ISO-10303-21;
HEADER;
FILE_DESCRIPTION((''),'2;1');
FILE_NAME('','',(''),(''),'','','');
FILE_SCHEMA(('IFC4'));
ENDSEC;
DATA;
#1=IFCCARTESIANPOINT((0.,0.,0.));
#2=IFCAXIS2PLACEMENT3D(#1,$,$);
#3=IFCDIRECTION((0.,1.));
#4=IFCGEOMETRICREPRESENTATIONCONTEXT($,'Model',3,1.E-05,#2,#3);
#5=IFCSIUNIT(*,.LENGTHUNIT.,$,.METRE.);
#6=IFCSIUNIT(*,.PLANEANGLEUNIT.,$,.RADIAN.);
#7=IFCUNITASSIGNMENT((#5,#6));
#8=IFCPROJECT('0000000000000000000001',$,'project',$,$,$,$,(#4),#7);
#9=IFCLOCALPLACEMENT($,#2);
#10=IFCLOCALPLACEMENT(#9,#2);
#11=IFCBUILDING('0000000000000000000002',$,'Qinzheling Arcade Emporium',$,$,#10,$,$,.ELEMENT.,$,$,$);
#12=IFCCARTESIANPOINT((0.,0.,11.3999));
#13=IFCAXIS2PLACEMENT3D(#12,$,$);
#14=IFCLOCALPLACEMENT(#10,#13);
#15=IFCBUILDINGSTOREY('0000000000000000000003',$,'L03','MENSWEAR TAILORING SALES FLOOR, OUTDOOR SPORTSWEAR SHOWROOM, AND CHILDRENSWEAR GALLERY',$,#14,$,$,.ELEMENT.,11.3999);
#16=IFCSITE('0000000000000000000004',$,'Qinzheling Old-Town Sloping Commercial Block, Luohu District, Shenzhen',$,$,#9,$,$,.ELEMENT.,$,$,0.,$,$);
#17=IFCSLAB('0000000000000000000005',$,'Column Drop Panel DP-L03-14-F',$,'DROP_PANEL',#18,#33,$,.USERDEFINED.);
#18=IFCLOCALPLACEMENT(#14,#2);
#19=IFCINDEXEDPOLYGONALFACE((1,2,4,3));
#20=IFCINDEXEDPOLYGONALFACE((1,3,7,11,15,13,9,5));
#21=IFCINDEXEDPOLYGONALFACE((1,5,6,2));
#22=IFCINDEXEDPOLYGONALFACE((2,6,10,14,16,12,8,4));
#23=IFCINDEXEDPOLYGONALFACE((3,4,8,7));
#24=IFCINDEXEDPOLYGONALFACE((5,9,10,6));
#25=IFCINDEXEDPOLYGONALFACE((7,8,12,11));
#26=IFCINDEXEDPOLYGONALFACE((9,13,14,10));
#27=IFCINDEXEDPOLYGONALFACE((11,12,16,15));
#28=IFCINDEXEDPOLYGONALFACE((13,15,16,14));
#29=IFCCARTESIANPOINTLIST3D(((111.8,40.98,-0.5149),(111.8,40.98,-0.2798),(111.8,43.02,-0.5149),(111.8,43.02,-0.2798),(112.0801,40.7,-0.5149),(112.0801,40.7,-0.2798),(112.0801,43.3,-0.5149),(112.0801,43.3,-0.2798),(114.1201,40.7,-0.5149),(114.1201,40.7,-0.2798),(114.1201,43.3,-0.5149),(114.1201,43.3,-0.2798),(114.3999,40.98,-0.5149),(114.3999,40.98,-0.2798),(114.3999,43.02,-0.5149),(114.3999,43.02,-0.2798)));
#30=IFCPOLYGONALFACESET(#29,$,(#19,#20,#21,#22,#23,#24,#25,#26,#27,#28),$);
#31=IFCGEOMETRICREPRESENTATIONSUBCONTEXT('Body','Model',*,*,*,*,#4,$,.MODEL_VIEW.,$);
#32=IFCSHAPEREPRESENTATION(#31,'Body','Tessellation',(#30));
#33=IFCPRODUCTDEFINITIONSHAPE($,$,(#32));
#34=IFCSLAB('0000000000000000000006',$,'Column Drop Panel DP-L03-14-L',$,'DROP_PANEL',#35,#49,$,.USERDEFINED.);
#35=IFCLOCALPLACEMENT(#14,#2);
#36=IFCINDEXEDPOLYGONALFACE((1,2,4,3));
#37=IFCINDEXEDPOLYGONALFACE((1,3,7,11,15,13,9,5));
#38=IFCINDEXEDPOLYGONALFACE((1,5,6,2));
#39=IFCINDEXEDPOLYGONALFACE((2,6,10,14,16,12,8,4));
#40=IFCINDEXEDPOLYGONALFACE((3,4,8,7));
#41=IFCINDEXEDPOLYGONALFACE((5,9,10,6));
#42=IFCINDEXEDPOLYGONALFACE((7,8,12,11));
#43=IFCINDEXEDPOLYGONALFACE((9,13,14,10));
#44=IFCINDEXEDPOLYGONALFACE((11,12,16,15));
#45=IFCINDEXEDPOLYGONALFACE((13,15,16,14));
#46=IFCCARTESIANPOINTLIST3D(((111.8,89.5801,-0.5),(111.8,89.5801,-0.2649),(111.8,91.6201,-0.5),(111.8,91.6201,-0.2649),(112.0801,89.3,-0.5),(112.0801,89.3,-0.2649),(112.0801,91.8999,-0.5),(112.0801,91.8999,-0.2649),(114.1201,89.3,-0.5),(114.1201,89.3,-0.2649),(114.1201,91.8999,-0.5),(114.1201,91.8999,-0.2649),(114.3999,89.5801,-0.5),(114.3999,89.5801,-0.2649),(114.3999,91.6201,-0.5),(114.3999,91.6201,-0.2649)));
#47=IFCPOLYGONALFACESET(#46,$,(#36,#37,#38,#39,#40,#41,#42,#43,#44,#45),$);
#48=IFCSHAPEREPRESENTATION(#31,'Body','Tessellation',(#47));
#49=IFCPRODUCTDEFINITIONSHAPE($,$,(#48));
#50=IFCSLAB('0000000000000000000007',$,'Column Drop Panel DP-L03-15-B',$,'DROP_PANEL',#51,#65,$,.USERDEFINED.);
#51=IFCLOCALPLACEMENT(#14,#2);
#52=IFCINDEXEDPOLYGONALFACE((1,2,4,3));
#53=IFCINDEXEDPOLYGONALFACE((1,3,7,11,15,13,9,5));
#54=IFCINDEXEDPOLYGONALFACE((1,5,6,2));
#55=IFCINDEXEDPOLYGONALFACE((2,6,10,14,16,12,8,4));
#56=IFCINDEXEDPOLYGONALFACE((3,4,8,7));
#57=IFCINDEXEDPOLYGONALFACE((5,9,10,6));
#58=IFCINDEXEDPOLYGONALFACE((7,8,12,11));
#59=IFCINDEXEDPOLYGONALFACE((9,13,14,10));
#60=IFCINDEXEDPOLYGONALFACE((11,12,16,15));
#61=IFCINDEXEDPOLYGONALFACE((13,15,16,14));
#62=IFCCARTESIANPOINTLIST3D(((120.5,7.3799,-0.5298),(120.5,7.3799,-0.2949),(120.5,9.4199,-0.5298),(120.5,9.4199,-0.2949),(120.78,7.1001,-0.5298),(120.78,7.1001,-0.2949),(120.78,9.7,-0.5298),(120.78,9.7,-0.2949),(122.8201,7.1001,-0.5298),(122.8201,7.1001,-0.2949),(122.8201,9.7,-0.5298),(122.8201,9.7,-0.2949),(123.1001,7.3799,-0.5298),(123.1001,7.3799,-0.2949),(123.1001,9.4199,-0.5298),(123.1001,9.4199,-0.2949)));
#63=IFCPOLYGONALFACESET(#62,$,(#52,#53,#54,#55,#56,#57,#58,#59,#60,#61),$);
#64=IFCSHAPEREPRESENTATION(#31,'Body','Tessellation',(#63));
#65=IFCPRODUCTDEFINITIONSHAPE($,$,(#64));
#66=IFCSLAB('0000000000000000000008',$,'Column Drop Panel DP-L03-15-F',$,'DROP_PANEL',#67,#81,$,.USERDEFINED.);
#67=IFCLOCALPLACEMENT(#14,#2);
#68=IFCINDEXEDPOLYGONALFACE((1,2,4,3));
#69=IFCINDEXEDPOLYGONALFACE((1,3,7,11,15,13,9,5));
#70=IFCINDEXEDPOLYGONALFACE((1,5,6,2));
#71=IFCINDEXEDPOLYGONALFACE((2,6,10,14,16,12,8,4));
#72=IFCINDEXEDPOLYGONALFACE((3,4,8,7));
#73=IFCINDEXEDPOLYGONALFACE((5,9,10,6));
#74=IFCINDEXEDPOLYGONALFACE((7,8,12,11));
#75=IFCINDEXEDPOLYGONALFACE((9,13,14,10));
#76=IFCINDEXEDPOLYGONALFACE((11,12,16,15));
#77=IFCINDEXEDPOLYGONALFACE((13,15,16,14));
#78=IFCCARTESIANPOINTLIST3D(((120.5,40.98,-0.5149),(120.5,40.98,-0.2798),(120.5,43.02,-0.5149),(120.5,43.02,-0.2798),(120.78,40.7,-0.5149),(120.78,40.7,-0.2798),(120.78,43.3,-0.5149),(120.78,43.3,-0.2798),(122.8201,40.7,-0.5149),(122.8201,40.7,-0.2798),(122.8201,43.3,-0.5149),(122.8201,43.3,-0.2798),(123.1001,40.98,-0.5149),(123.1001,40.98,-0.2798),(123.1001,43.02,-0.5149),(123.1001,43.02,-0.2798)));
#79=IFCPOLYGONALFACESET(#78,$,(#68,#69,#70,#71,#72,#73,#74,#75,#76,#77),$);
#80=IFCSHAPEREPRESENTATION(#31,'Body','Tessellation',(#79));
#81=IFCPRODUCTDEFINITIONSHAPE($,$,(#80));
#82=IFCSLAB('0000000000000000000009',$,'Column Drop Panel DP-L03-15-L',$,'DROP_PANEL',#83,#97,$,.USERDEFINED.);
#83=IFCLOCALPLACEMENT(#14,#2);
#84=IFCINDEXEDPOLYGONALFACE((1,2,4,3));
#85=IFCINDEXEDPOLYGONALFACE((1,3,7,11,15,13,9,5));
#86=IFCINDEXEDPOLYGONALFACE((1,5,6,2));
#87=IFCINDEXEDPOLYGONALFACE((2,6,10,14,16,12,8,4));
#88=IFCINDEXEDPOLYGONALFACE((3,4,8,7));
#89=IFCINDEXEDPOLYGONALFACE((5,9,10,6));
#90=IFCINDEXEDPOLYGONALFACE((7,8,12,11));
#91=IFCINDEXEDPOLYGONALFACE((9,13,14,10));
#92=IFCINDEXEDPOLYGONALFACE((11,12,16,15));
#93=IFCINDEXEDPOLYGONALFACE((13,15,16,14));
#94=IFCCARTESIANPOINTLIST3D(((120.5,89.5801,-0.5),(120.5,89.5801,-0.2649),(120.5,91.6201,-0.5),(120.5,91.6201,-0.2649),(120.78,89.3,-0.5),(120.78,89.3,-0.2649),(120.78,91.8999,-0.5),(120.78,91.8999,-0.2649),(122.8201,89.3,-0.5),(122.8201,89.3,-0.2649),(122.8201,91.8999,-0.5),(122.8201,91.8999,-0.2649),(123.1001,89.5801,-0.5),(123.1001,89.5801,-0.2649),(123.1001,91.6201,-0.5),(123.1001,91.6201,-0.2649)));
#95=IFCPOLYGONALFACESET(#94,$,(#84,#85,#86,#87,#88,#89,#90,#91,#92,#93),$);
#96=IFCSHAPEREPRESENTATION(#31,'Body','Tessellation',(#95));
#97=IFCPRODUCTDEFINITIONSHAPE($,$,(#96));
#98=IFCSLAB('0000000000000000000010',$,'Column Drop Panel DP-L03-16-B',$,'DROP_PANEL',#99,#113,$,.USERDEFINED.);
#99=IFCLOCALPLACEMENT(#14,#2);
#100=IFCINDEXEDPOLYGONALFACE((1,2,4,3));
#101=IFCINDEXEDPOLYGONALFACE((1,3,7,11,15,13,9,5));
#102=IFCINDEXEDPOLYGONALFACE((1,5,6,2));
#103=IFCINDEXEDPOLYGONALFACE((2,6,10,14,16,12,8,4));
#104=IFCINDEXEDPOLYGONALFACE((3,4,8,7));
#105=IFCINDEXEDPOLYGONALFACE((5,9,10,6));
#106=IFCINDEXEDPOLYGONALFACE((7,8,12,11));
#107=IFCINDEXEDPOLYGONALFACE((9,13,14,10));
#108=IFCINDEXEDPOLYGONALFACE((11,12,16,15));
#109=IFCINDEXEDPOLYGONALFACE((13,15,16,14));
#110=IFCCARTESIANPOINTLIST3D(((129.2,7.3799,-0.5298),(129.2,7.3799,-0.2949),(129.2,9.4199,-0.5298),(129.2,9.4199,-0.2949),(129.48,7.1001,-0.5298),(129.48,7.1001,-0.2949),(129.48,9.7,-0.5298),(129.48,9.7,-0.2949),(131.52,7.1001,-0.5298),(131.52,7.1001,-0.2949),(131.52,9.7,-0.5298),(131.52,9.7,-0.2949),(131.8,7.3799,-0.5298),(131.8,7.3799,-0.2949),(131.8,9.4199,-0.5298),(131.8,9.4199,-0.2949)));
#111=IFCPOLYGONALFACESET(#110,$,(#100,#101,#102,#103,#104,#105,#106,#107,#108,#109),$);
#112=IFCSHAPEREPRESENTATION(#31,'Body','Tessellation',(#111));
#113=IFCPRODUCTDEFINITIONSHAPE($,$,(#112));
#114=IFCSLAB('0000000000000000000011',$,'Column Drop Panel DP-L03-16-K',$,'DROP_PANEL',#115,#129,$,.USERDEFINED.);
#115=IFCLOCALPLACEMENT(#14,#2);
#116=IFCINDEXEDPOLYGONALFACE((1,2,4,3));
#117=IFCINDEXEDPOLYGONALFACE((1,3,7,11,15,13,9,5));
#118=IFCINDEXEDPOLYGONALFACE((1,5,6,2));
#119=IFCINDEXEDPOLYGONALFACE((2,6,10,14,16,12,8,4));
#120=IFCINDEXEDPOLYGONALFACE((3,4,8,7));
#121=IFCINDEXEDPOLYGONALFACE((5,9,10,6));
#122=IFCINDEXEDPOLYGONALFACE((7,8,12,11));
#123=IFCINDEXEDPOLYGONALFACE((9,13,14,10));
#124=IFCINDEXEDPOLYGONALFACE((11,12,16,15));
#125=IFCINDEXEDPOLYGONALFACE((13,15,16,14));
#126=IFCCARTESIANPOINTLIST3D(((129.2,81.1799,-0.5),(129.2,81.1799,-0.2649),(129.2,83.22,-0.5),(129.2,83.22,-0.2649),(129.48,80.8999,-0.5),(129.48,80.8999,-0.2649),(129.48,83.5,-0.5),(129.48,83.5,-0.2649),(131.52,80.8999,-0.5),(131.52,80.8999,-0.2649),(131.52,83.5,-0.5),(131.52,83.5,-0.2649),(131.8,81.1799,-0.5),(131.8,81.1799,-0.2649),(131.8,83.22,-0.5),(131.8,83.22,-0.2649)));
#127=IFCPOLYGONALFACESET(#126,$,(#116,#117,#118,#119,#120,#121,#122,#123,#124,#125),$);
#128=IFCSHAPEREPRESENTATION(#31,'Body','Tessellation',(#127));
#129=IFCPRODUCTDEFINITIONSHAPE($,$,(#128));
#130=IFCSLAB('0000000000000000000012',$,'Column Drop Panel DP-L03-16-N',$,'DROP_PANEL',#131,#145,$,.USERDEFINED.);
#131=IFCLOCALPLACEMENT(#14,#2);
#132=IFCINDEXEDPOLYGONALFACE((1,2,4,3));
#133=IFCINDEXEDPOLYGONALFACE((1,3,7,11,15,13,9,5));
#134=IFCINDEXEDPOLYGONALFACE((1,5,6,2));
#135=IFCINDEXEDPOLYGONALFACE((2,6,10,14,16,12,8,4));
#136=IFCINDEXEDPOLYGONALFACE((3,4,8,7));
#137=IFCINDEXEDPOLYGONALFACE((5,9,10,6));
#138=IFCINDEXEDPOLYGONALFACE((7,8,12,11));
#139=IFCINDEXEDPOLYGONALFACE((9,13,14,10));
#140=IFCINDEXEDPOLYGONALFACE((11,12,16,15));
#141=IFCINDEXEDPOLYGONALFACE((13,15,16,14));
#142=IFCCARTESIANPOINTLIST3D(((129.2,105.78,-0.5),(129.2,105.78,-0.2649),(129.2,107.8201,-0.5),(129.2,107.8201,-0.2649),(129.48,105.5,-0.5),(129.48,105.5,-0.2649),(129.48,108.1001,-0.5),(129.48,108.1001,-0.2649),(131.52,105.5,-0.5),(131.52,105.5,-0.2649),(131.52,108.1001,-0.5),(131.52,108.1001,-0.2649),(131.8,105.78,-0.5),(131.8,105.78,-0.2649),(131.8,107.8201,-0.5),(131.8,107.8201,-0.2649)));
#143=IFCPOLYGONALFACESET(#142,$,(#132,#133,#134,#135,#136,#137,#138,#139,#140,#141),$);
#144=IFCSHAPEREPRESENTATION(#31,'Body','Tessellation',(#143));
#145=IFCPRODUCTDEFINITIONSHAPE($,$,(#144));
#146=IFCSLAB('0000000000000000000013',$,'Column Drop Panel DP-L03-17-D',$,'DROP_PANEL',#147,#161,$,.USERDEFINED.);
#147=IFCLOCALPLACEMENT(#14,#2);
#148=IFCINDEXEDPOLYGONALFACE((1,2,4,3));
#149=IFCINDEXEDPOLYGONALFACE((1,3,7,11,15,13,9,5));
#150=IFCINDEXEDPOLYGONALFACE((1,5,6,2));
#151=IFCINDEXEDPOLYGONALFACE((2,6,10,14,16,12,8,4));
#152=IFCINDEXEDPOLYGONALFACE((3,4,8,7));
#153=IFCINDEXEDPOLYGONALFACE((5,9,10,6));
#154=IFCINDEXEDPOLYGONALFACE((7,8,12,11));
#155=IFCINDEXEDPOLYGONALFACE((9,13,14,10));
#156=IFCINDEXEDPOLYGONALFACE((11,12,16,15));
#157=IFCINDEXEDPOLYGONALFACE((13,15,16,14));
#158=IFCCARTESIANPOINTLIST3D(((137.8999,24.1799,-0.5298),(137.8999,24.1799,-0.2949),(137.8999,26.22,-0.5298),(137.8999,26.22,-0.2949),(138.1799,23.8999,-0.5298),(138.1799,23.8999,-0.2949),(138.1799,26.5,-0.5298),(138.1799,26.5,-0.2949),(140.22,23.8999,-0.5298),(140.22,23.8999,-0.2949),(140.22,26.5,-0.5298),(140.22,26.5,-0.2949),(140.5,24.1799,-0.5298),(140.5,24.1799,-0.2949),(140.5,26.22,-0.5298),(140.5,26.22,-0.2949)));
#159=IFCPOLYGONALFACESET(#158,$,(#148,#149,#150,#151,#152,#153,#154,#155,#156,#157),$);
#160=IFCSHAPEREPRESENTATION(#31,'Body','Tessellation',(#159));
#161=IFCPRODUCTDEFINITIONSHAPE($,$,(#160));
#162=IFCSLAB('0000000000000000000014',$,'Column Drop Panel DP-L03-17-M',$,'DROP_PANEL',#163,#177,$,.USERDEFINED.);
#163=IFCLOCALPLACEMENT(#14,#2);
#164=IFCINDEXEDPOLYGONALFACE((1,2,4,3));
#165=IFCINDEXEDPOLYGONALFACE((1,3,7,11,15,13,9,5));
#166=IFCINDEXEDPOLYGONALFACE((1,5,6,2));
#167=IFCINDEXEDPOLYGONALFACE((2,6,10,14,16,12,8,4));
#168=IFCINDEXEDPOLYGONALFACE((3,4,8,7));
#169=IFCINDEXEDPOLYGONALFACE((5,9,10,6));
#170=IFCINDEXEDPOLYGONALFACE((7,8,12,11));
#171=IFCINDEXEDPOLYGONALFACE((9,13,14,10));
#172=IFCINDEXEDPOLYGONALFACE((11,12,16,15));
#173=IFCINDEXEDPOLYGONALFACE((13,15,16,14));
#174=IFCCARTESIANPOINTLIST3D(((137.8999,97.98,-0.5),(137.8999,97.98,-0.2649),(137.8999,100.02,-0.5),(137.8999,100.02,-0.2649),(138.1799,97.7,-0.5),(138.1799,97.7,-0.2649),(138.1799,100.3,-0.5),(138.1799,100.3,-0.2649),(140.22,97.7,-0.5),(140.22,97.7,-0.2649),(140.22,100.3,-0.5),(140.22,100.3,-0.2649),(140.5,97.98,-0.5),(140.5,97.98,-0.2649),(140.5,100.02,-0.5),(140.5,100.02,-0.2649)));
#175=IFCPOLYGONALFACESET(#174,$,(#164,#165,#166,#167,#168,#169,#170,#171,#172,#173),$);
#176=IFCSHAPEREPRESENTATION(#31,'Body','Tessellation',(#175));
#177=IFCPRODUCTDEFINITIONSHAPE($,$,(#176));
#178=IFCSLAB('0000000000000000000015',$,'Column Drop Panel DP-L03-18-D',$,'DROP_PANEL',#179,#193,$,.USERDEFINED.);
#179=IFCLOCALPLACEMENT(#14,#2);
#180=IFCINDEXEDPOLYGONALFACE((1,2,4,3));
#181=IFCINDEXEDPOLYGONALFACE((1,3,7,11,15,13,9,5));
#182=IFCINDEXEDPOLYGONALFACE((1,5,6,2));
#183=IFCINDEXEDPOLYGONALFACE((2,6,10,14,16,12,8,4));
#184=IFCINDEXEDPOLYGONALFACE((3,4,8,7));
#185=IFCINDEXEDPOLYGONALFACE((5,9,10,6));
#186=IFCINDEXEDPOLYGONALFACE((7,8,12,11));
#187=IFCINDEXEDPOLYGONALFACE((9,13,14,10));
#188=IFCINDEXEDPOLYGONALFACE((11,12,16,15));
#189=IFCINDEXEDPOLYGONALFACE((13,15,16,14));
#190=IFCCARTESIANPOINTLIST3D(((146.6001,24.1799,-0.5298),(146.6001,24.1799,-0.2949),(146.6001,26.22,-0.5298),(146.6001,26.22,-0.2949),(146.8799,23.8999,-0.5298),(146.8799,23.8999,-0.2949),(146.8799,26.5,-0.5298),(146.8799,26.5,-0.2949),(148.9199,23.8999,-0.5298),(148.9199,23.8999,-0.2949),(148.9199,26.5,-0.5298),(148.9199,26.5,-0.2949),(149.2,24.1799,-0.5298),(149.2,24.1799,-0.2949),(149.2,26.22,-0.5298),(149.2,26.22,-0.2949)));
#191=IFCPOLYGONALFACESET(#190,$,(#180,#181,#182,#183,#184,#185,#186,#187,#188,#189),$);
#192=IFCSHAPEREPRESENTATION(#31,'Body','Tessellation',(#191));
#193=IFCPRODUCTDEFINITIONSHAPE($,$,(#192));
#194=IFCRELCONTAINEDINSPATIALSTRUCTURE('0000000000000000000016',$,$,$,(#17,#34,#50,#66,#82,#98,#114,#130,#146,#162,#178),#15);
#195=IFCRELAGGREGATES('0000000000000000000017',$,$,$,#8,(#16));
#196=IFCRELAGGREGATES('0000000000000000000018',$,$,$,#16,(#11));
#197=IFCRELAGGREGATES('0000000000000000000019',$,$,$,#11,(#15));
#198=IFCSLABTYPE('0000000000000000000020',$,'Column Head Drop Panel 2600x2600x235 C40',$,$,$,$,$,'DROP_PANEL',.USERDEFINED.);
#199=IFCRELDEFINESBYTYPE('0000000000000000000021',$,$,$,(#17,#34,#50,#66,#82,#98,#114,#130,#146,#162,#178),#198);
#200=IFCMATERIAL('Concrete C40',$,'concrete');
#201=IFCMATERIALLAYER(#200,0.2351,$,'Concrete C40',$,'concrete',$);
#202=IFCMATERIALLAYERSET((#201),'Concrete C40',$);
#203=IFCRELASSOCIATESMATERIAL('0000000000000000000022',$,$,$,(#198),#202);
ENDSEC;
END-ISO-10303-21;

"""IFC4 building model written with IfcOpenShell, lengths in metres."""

from ifc_helpers import new_model, si_unit, direction, frame, origin, place, context, subcontext, project, spatial, polyline, outline, extrude, material, layer, layer_set, type_object, element, save


model = new_model("IFC4")

# Units and contexts
model_context = context("Model", 3, precision=1e-05, world=origin(), true_north=direction((0.0, 1.0)))
body_context = subcontext(model_context, "Body", "Model", "MODEL_VIEW")
ifc_project = project(units=[si_unit("LENGTHUNIT", "METRE"), si_unit("PLANEANGLEUNIT", "RADIAN")], contexts=[model_context])

# Site, building, storey
site_placement = place(None, origin())
site = spatial("IfcSite", under=ifc_project, at=site_placement, Name="Qinzheling Old-Town Sloping Commercial Block, Luohu District, Shenzhen", CompositionType="ELEMENT", RefElevation=0.0)
building_placement = place(site_placement, origin())
building = spatial("IfcBuilding", under=site, at=building_placement, Name="Qinzheling Arcade Emporium", CompositionType="ELEMENT")
storey_placement = place(building_placement, frame((0.0, 0.0, 11.3999)))
storey = spatial("IfcBuildingStorey", under=building, at=storey_placement, Name="L03", Description="MENSWEAR TAILORING SALES FLOOR, OUTDOOR SPORTSWEAR SHOWROOM, AND CHILDRENSWEAR GALLERY", CompositionType="ELEMENT", Elevation=11.3999)

# Slabs
ifc_material = material(Name="Concrete C40", Category="concrete")
ifc_layer_1 = layer(ifc_material, 0.2351, Name="Concrete C40", Category="concrete")
ifc_layer_set_1 = layer_set([ifc_layer_1], Name="Concrete C40")
slab_type_1 = type_object("IfcSlabType", Name="Column Head Drop Panel 2600x2600x235 C40", ElementType="DROP_PANEL", PredefinedType="USERDEFINED", material=ifc_layer_set_1)
slab_1_placement = place(storey_placement, frame((0.0, 0.0, -0.5149)))
element("IfcSlab", 1, at=slab_1_placement, inside=storey, type_object=slab_type_1, Name="Column Drop Panel DP-L03-14-F", ObjectType="DROP_PANEL", PredefinedType="USERDEFINED", context=body_context, shape_type="SweptSolid", body=[
    extrude(outline(polyline([(112.0801, 40.7), (114.1201, 40.7), (114.3999, 40.98), (114.3999, 43.02), (114.1201, 43.3), (112.0801, 43.3), (111.8, 43.02), (111.8, 40.98), (112.0801, 40.7)])), origin(), (0.0, 0.0, 1.0), 0.2351),
])
slab_2_placement = place(storey_placement, frame((0.0, 0.0, -0.5)))
element("IfcSlab", 2, at=slab_2_placement, inside=storey, type_object=slab_type_1, Name="Column Drop Panel DP-L03-14-L", ObjectType="DROP_PANEL", PredefinedType="USERDEFINED", context=body_context, shape_type="SweptSolid", body=[
    extrude(outline(polyline([(112.0801, 89.3), (114.1201, 89.3), (114.3999, 89.5801), (114.3999, 91.6201), (114.1201, 91.8999), (112.0801, 91.8999), (111.8, 91.6201), (111.8, 89.5801), (112.0801, 89.3)])), origin(), (0.0, 0.0, 1.0), 0.2351),
])
slab_3_placement = place(storey_placement, frame((0.0, 0.0, -0.5298)))
element("IfcSlab", 3, at=slab_3_placement, inside=storey, type_object=slab_type_1, Name="Column Drop Panel DP-L03-15-B", ObjectType="DROP_PANEL", PredefinedType="USERDEFINED", context=body_context, shape_type="SweptSolid", body=[
    extrude(outline(polyline([(120.78, 7.1001), (122.8201, 7.1001), (123.1001, 7.3799), (123.1001, 9.4199), (122.8201, 9.7), (120.78, 9.7), (120.5, 9.4199), (120.5, 7.3799), (120.78, 7.1001)])), origin(), (0.0, 0.0, 1.0), 0.2349),
])
slab_4_placement = place(storey_placement, frame((0.0, 0.0, -0.5149)))
element("IfcSlab", 4, at=slab_4_placement, inside=storey, type_object=slab_type_1, Name="Column Drop Panel DP-L03-15-F", ObjectType="DROP_PANEL", PredefinedType="USERDEFINED", context=body_context, shape_type="SweptSolid", body=[
    extrude(outline(polyline([(120.78, 40.7), (122.8201, 40.7), (123.1001, 40.98), (123.1001, 43.02), (122.8201, 43.3), (120.78, 43.3), (120.5, 43.02), (120.5, 40.98), (120.78, 40.7)])), origin(), (0.0, 0.0, 1.0), 0.2351),
])
slab_5_placement = place(storey_placement, frame((0.0, 0.0, -0.5)))
element("IfcSlab", 5, at=slab_5_placement, inside=storey, type_object=slab_type_1, Name="Column Drop Panel DP-L03-15-L", ObjectType="DROP_PANEL", PredefinedType="USERDEFINED", context=body_context, shape_type="SweptSolid", body=[
    extrude(outline(polyline([(120.78, 89.3), (122.8201, 89.3), (123.1001, 89.5801), (123.1001, 91.6201), (122.8201, 91.8999), (120.78, 91.8999), (120.5, 91.6201), (120.5, 89.5801), (120.78, 89.3)])), origin(), (0.0, 0.0, 1.0), 0.2351),
])
slab_6_placement = place(storey_placement, frame((0.0, 0.0, -0.5298)))
element("IfcSlab", 6, at=slab_6_placement, inside=storey, type_object=slab_type_1, Name="Column Drop Panel DP-L03-16-B", ObjectType="DROP_PANEL", PredefinedType="USERDEFINED", context=body_context, shape_type="SweptSolid", body=[
    extrude(outline(polyline([(129.48, 7.1001), (131.52, 7.1001), (131.8, 7.3799), (131.8, 9.4199), (131.52, 9.7), (129.48, 9.7), (129.2, 9.4199), (129.2, 7.3799), (129.48, 7.1001)])), origin(), (0.0, 0.0, 1.0), 0.2349),
])
slab_7_placement = place(storey_placement, frame((0.0, 0.0, -0.5)))
element("IfcSlab", 7, at=slab_7_placement, inside=storey, type_object=slab_type_1, Name="Column Drop Panel DP-L03-16-K", ObjectType="DROP_PANEL", PredefinedType="USERDEFINED", context=body_context, shape_type="SweptSolid", body=[
    extrude(outline(polyline([(129.48, 80.8999), (131.52, 80.8999), (131.8, 81.1799), (131.8, 83.22), (131.52, 83.5), (129.48, 83.5), (129.2, 83.22), (129.2, 81.1799), (129.48, 80.8999)])), origin(), (0.0, 0.0, 1.0), 0.2351),
])
slab_8_placement = place(storey_placement, frame((0.0, 0.0, -0.5)))
element("IfcSlab", 8, at=slab_8_placement, inside=storey, type_object=slab_type_1, Name="Column Drop Panel DP-L03-16-N", ObjectType="DROP_PANEL", PredefinedType="USERDEFINED", context=body_context, shape_type="SweptSolid", body=[
    extrude(outline(polyline([(129.48, 105.5), (131.52, 105.5), (131.8, 105.78), (131.8, 107.8201), (131.52, 108.1001), (129.48, 108.1001), (129.2, 107.8201), (129.2, 105.78), (129.48, 105.5)])), origin(), (0.0, 0.0, 1.0), 0.2351),
])
slab_9_placement = place(storey_placement, frame((0.0, 0.0, -0.5298)))
element("IfcSlab", 9, at=slab_9_placement, inside=storey, type_object=slab_type_1, Name="Column Drop Panel DP-L03-17-D", ObjectType="DROP_PANEL", PredefinedType="USERDEFINED", context=body_context, shape_type="SweptSolid", body=[
    extrude(outline(polyline([(138.1799, 23.8999), (140.22, 23.8999), (140.5, 24.1799), (140.5, 26.22), (140.22, 26.5), (138.1799, 26.5), (137.8999, 26.22), (137.8999, 24.1799), (138.1799, 23.8999)])), origin(), (0.0, 0.0, 1.0), 0.2349),
])
slab_10_placement = place(storey_placement, frame((0.0, 0.0, -0.5)))
element("IfcSlab", 10, at=slab_10_placement, inside=storey, type_object=slab_type_1, Name="Column Drop Panel DP-L03-17-M", ObjectType="DROP_PANEL", PredefinedType="USERDEFINED", context=body_context, shape_type="SweptSolid", body=[
    extrude(outline(polyline([(138.1799, 97.7), (140.22, 97.7), (140.5, 97.98), (140.5, 100.02), (140.22, 100.3), (138.1799, 100.3), (137.8999, 100.02), (137.8999, 97.98), (138.1799, 97.7)])), origin(), (0.0, 0.0, 1.0), 0.2351),
])
slab_11_placement = place(storey_placement, frame((0.0, 0.0, -0.5298)))
element("IfcSlab", 11, at=slab_11_placement, inside=storey, type_object=slab_type_1, Name="Column Drop Panel DP-L03-18-D", ObjectType="DROP_PANEL", PredefinedType="USERDEFINED", context=body_context, shape_type="SweptSolid", body=[
    extrude(outline(polyline([(146.8799, 23.8999), (148.9199, 23.8999), (149.2, 24.1799), (149.2, 26.22), (148.9199, 26.5), (146.8799, 26.5), (146.6001, 26.22), (146.6001, 24.1799), (146.8799, 23.8999)])), origin(), (0.0, 0.0, 1.0), 0.2349),
])

save(model, "model.ifc")
